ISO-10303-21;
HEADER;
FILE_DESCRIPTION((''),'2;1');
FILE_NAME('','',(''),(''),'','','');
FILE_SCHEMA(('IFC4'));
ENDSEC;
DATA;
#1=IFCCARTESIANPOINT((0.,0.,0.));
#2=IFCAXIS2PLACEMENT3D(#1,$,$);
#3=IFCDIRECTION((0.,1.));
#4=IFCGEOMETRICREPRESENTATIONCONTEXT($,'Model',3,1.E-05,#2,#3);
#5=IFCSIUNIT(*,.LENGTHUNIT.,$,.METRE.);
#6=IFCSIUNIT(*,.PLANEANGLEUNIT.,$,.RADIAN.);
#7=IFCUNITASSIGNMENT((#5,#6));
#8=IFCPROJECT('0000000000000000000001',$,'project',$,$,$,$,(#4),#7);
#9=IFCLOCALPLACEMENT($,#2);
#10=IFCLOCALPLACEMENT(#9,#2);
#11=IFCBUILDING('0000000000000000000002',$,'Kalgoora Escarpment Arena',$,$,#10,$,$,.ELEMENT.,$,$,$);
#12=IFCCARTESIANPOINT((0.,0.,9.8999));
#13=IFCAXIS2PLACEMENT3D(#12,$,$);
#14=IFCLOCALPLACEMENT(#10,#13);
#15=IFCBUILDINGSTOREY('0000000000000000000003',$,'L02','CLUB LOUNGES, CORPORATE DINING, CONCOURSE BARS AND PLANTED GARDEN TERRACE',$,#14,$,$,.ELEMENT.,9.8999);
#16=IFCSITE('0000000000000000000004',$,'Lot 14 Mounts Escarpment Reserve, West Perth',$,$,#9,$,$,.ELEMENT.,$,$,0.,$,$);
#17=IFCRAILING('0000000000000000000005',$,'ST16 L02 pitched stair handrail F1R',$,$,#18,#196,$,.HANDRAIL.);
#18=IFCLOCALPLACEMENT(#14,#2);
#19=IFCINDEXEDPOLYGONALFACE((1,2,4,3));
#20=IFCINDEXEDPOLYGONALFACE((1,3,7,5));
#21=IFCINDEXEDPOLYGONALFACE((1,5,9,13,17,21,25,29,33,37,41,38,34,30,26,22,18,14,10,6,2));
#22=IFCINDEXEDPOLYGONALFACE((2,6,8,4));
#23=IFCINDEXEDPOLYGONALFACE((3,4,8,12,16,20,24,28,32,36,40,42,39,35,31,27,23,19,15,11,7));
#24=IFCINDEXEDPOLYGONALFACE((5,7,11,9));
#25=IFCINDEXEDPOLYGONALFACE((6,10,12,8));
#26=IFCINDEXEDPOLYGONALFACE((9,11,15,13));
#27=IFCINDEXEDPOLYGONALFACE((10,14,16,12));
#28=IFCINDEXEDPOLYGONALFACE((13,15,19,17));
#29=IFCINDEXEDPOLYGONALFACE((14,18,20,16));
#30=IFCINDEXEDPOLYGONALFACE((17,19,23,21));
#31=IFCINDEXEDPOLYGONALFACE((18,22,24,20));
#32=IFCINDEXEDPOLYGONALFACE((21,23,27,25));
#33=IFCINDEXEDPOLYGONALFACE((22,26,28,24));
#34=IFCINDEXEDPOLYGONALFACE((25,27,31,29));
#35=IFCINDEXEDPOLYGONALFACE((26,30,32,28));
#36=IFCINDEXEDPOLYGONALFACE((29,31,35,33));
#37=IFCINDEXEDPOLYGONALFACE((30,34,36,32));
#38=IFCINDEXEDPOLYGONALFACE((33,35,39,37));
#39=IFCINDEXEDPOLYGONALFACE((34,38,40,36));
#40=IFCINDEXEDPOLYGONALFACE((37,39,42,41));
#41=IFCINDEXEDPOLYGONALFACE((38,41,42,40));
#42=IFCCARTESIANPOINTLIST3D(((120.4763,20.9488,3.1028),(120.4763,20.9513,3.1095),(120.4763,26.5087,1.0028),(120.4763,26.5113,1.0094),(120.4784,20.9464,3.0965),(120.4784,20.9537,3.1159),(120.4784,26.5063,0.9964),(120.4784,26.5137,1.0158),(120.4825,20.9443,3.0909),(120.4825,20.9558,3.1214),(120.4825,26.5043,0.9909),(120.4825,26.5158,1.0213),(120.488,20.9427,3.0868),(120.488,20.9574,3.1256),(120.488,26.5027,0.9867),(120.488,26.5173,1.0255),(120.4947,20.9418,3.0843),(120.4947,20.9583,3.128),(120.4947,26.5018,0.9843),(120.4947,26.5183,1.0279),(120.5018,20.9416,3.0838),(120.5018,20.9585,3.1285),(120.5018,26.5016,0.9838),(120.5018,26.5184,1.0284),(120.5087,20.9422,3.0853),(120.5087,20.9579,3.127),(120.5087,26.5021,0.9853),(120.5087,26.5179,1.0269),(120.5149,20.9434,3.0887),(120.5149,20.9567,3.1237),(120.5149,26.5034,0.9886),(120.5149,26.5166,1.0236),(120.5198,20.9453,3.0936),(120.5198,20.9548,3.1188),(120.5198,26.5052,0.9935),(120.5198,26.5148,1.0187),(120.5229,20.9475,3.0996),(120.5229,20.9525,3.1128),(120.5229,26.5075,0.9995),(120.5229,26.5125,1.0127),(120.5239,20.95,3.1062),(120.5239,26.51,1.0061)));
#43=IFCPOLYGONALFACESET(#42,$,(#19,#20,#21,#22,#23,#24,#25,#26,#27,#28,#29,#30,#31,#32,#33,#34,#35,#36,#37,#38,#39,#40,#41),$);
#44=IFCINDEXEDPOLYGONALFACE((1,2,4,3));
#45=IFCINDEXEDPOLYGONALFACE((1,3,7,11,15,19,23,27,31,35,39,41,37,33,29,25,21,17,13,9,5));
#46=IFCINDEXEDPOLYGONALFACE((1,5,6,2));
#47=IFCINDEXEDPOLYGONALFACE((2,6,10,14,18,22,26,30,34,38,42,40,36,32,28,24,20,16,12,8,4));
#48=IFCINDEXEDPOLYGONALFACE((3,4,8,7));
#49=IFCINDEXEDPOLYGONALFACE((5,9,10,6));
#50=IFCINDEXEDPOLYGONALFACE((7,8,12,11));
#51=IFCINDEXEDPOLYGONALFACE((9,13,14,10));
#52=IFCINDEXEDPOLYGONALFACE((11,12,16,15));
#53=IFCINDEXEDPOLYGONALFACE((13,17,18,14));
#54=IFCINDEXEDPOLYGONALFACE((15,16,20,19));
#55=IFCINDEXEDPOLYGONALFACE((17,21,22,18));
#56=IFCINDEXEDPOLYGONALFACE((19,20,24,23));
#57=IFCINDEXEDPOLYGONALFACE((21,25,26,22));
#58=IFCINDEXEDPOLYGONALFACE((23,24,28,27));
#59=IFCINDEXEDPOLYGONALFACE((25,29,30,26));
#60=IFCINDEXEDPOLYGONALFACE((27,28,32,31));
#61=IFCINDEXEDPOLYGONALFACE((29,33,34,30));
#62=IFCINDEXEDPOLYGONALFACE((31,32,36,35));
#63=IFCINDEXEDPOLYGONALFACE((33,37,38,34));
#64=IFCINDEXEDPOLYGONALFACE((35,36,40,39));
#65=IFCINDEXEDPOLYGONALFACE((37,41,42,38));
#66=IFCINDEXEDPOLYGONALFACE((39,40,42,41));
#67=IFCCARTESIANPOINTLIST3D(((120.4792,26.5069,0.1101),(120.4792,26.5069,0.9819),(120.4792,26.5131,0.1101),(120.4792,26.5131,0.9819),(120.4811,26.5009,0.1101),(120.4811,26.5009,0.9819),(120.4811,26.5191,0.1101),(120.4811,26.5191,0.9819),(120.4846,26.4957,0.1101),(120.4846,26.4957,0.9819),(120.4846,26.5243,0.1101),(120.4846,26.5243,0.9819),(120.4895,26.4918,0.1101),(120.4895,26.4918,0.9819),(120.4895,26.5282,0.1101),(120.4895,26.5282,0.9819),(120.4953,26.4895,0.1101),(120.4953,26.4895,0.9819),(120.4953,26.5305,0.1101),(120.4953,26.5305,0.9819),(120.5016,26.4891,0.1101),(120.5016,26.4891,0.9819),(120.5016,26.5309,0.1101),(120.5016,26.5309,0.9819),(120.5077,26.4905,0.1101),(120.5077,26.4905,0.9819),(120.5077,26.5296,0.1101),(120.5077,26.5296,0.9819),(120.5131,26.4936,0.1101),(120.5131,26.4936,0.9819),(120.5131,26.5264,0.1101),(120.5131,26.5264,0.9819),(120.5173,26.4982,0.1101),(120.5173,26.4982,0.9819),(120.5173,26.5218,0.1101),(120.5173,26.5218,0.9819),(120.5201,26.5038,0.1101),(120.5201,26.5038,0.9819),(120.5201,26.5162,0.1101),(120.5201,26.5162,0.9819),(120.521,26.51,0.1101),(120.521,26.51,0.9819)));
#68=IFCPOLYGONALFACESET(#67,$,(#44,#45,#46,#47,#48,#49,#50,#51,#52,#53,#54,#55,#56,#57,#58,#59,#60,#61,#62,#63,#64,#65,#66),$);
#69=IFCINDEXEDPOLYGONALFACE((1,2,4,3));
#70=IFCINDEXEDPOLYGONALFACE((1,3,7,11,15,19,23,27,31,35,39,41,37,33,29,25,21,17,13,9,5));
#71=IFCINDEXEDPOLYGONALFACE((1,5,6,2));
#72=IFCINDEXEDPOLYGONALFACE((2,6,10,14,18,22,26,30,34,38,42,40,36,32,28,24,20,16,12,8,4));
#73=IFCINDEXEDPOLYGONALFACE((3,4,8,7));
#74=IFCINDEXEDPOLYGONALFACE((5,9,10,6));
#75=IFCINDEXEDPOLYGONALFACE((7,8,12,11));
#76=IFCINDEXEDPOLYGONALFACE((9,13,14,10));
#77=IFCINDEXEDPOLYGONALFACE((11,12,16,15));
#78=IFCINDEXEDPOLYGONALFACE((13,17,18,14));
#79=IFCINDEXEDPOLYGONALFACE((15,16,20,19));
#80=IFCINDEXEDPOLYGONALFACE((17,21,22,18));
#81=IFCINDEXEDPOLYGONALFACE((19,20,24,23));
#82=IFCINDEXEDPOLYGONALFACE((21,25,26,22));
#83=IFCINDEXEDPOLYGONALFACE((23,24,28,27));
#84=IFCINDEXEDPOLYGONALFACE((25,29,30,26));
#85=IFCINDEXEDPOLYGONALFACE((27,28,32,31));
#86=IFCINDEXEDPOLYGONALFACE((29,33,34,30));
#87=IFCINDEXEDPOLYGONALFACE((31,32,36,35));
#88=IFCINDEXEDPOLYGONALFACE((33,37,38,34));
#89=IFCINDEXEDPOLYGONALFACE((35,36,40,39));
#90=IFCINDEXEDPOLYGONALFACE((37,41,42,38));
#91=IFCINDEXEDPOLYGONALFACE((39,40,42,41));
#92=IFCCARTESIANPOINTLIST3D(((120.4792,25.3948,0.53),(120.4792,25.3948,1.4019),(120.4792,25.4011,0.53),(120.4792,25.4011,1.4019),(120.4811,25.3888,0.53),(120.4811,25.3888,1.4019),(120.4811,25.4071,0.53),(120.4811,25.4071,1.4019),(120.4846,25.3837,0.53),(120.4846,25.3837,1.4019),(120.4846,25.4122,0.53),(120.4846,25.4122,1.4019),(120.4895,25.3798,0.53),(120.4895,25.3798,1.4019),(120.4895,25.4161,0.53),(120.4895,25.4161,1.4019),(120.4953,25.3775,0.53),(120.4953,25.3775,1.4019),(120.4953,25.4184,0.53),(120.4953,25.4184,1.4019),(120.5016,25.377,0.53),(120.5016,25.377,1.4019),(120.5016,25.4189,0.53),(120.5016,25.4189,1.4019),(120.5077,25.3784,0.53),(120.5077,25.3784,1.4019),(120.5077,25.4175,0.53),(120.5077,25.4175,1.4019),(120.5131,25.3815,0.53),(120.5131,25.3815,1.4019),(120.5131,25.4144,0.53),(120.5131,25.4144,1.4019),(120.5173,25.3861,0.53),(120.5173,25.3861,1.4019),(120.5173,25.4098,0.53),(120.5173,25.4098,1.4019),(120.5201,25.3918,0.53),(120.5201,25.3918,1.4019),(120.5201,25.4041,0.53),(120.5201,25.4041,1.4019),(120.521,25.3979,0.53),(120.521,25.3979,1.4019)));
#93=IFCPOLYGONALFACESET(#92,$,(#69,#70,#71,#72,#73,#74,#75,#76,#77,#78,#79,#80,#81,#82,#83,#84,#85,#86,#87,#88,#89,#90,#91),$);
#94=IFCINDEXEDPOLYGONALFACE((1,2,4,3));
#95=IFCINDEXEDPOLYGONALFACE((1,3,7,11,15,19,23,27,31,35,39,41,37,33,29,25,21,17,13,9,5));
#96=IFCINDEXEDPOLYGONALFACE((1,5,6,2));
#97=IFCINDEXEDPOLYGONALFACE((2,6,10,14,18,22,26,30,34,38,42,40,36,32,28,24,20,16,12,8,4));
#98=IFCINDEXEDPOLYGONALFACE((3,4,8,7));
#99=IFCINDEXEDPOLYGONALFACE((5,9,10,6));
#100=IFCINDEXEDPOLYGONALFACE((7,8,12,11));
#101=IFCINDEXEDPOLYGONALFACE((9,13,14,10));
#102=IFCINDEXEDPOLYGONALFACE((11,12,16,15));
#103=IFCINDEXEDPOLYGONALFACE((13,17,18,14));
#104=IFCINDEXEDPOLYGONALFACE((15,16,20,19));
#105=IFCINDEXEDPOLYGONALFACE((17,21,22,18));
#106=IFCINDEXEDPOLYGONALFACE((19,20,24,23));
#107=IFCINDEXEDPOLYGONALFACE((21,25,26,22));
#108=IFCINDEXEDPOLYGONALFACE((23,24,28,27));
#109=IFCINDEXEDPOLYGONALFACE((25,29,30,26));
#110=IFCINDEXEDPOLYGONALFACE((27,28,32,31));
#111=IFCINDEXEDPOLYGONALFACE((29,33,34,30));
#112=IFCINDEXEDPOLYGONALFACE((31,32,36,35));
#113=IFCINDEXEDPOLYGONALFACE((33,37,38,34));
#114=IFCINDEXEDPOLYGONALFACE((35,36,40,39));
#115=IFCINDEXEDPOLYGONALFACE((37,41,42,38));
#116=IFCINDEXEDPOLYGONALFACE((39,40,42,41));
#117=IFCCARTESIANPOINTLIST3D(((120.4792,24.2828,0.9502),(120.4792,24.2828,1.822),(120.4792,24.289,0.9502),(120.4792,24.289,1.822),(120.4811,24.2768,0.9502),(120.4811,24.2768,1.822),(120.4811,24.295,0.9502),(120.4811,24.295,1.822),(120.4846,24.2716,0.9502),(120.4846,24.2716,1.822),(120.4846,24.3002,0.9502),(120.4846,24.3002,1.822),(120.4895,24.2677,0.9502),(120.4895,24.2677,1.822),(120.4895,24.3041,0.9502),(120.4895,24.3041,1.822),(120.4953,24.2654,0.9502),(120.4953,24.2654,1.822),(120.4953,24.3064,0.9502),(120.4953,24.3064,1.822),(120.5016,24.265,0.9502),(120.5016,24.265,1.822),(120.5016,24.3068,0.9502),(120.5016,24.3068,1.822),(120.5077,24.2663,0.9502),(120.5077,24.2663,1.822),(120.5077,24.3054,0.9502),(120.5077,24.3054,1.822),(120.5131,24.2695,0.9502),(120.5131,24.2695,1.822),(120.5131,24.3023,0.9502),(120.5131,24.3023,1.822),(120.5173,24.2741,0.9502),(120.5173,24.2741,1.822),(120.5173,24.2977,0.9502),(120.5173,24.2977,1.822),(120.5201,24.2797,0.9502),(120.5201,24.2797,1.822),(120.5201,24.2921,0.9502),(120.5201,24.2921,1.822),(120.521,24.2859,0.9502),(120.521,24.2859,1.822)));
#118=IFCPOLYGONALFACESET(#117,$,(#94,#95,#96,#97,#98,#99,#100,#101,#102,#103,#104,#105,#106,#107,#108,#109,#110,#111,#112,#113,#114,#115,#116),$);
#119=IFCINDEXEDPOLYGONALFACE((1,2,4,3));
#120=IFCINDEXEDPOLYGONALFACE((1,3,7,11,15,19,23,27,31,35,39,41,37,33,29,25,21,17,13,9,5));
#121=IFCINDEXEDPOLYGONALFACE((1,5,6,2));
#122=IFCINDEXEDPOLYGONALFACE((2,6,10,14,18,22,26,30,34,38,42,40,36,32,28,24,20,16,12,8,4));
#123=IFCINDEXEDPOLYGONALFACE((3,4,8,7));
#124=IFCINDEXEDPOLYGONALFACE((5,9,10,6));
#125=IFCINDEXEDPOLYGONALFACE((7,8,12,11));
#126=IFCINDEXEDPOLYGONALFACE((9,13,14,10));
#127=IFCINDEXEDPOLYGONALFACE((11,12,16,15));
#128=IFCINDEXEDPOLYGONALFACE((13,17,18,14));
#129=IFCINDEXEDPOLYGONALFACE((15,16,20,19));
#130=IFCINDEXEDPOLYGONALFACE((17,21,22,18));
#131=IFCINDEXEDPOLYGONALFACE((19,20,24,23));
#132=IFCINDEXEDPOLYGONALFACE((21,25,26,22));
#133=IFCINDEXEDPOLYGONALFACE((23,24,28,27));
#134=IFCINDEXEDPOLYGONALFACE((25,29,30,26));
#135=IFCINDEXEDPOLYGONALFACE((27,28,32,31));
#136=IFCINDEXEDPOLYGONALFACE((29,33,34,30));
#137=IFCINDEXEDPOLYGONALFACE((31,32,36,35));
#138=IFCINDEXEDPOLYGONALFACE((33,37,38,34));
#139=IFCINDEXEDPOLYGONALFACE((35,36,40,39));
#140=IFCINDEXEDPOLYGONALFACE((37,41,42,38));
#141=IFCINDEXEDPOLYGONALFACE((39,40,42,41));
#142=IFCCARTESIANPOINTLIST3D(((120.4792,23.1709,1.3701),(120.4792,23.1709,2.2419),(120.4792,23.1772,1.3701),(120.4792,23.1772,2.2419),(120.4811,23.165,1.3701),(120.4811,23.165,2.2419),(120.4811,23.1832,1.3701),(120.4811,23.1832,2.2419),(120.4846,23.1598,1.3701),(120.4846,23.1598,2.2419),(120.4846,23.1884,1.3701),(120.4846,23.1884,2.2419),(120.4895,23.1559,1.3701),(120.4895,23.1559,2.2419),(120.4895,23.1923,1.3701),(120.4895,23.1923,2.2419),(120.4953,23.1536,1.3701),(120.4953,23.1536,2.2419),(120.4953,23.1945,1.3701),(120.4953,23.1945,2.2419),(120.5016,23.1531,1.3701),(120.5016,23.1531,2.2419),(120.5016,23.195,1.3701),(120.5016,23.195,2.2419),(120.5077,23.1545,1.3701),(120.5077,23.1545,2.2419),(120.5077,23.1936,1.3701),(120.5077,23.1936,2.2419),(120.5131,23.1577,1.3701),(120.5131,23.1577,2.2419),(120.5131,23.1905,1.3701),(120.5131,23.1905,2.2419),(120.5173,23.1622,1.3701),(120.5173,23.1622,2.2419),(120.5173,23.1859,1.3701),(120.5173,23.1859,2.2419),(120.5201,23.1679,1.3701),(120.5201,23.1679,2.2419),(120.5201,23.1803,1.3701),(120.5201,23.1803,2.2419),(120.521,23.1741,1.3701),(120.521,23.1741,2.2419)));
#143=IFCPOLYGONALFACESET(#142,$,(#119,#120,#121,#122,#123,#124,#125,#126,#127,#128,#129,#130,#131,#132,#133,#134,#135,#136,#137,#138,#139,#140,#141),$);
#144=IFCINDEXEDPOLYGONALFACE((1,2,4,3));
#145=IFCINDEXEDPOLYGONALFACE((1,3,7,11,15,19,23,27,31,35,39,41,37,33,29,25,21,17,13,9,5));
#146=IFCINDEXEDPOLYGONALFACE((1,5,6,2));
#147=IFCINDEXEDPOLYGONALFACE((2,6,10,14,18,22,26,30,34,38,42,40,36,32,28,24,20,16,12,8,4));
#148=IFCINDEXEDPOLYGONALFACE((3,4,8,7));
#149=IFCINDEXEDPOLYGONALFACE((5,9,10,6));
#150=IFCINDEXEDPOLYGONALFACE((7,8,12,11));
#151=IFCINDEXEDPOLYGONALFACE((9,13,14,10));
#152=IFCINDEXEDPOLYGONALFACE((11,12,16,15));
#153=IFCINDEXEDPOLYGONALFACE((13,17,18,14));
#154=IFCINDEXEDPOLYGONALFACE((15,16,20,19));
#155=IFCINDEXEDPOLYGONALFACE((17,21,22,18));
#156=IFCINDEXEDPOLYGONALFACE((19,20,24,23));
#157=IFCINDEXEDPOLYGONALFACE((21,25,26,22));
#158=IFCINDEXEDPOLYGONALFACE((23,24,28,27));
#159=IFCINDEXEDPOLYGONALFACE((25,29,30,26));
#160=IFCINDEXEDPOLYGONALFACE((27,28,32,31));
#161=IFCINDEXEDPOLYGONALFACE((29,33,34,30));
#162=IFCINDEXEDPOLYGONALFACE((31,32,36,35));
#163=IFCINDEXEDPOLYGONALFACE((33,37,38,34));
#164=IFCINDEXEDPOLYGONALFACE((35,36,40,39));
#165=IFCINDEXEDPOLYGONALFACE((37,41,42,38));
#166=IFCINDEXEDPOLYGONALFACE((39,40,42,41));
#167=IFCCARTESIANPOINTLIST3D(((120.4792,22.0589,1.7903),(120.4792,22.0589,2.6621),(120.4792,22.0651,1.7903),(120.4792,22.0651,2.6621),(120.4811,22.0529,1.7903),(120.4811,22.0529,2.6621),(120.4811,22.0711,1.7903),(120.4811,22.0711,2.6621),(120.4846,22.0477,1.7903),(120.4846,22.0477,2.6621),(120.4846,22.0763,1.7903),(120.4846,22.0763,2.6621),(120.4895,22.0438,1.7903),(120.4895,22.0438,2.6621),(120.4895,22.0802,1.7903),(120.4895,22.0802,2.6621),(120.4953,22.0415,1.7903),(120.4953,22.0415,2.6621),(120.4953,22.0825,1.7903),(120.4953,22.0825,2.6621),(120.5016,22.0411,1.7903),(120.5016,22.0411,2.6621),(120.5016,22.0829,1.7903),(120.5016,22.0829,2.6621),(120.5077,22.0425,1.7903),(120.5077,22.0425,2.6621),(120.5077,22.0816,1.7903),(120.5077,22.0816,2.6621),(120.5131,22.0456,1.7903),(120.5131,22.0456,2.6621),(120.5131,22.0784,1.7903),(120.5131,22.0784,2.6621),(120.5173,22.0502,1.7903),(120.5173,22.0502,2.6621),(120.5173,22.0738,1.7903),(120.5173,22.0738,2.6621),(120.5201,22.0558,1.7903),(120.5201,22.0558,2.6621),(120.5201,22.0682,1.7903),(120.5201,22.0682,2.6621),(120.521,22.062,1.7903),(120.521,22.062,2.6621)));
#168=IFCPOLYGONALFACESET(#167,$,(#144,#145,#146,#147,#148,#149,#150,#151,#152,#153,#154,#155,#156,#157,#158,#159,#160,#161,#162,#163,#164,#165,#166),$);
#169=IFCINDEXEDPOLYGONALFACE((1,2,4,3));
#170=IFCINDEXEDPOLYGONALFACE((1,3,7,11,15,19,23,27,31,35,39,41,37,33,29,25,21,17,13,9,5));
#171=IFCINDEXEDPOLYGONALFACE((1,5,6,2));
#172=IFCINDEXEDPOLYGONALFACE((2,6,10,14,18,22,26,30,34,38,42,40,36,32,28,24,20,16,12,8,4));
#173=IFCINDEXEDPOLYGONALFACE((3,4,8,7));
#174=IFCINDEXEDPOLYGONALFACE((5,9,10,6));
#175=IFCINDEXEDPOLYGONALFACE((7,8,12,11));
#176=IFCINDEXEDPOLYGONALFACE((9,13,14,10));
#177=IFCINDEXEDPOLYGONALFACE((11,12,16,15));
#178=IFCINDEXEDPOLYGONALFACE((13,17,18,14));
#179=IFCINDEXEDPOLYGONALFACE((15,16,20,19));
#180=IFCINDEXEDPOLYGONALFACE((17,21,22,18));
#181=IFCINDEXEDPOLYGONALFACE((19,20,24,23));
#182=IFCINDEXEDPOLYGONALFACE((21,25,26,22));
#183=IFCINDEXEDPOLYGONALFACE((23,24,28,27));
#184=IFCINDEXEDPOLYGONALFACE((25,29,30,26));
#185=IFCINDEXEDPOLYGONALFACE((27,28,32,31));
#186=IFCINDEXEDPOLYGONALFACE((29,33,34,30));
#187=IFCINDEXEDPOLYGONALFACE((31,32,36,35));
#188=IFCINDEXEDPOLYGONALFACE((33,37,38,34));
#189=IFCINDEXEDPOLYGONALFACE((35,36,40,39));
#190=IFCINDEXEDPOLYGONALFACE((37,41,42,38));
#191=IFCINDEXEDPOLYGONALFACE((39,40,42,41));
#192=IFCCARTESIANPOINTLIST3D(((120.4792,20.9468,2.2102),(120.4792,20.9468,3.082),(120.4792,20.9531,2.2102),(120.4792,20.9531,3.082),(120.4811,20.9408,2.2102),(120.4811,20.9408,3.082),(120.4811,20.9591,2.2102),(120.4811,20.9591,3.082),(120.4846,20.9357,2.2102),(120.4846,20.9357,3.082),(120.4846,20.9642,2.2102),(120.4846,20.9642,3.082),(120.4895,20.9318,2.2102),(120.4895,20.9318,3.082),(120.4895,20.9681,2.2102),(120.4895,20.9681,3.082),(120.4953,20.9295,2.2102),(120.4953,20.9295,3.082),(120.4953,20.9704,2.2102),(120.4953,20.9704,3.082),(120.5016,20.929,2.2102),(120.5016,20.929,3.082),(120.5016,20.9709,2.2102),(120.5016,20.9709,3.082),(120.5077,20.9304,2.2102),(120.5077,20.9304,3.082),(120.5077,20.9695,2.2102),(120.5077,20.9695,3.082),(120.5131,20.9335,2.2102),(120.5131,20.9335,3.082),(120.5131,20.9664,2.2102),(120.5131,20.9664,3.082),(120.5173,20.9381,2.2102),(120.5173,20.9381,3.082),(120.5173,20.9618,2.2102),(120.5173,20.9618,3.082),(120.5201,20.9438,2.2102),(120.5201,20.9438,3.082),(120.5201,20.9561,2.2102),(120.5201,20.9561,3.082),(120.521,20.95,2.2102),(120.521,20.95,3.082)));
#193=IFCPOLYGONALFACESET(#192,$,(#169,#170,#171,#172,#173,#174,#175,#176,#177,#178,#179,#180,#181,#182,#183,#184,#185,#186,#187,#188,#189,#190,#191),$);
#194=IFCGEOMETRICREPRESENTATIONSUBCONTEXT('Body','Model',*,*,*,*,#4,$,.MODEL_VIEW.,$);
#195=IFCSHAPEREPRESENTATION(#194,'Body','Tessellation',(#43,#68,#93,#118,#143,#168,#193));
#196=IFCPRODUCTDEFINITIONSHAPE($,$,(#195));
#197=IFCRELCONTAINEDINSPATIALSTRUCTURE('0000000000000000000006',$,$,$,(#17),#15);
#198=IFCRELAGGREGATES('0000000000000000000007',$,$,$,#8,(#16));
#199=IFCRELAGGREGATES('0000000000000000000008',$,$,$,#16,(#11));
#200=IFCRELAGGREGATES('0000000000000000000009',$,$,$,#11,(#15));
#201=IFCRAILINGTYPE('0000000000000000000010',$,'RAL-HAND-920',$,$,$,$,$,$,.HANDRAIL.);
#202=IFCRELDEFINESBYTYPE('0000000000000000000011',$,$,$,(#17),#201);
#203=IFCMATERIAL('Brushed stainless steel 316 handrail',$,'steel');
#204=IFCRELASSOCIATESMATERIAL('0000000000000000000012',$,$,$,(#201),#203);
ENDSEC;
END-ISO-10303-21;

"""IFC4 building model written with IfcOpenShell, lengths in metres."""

from ifc_helpers import new_model, si_unit, direction, frame, origin, origin_2d, place, context, subcontext, project, spatial, circle, extrude, material, type_object, element, save


model = new_model("IFC4")

# Units and contexts
model_context = context("Model", 3, precision=1e-05, world=origin(), true_north=direction((0.0, 1.0)))
body_context = subcontext(model_context, "Body", "Model", "MODEL_VIEW")
ifc_project = project(units=[si_unit("LENGTHUNIT", "METRE"), si_unit("PLANEANGLEUNIT", "RADIAN")], contexts=[model_context])

# Site, building, storey
site_placement = place(None, origin())
site = spatial("IfcSite", under=ifc_project, at=site_placement, Name="Lot 14 Mounts Escarpment Reserve, West Perth", CompositionType="ELEMENT", RefElevation=0.0)
building_placement = place(site_placement, origin())
building = spatial("IfcBuilding", under=site, at=building_placement, Name="Kalgoora Escarpment Arena", CompositionType="ELEMENT")
storey_placement = place(building_placement, frame((0.0, 0.0, 9.8999)))
storey = spatial("IfcBuildingStorey", under=building, at=storey_placement, Name="L02", Description="CLUB LOUNGES, CORPORATE DINING, CONCOURSE BARS AND PLANTED GARDEN TERRACE", CompositionType="ELEMENT", Elevation=9.8999)

# Railing
ifc_material_1 = material(Name="Brushed stainless steel 316 handrail", Category="steel")
railing_type_1 = type_object("IfcRailingType", Name="RAL-HAND-920", PredefinedType="HANDRAIL", material=ifc_material_1)
for number, where, name in (
    (1, (120.5, 26.51, 0.1101), "ST16 L02 pitched stair handrail F1R"),
):
    element("IfcRailing", number, at=place(storey_placement, frame(where)), inside=storey, type_object=railing_type_1, Name=name, PredefinedType="HANDRAIL", context=body_context, shape_type="SweptSolid", body=[
        extrude(circle(Radius=0.0239, at=origin_2d()), frame((0.0, 0.0, 0.896), z_axis=(0.0, -0.935493, 0.353346), x_axis=(1.0, 0.0, 0.0)), (0.0, 0.0, 1.0), 5.9434),
        extrude(circle(Radius=0.021, at=origin_2d()), origin(), (0.0, 0.0, 1.0), 0.8718),
        extrude(circle(Radius=0.021, at=origin_2d()), frame((0.0, -1.1121, 0.4199)), (0.0, 0.0, 1.0), 0.8718),
        extrude(circle(Radius=0.021, at=origin_2d()), frame((0.0, -2.2241, 0.8401)), (0.0, 0.0, 1.0), 0.8718),
        extrude(circle(Radius=0.021, at=origin_2d()), frame((0.0, -3.3359, 1.26)), (0.0, 0.0, 1.0), 0.8718),
        extrude(circle(Radius=0.021, at=origin_2d()), frame((0.0, -4.448, 1.6802)), (0.0, 0.0, 1.0), 0.8718),
        extrude(circle(Radius=0.021, at=origin_2d()), frame((0.0, -5.5601, 2.1001)), (0.0, 0.0, 1.0), 0.8718),
    ])

save(model, "model.ifc")
